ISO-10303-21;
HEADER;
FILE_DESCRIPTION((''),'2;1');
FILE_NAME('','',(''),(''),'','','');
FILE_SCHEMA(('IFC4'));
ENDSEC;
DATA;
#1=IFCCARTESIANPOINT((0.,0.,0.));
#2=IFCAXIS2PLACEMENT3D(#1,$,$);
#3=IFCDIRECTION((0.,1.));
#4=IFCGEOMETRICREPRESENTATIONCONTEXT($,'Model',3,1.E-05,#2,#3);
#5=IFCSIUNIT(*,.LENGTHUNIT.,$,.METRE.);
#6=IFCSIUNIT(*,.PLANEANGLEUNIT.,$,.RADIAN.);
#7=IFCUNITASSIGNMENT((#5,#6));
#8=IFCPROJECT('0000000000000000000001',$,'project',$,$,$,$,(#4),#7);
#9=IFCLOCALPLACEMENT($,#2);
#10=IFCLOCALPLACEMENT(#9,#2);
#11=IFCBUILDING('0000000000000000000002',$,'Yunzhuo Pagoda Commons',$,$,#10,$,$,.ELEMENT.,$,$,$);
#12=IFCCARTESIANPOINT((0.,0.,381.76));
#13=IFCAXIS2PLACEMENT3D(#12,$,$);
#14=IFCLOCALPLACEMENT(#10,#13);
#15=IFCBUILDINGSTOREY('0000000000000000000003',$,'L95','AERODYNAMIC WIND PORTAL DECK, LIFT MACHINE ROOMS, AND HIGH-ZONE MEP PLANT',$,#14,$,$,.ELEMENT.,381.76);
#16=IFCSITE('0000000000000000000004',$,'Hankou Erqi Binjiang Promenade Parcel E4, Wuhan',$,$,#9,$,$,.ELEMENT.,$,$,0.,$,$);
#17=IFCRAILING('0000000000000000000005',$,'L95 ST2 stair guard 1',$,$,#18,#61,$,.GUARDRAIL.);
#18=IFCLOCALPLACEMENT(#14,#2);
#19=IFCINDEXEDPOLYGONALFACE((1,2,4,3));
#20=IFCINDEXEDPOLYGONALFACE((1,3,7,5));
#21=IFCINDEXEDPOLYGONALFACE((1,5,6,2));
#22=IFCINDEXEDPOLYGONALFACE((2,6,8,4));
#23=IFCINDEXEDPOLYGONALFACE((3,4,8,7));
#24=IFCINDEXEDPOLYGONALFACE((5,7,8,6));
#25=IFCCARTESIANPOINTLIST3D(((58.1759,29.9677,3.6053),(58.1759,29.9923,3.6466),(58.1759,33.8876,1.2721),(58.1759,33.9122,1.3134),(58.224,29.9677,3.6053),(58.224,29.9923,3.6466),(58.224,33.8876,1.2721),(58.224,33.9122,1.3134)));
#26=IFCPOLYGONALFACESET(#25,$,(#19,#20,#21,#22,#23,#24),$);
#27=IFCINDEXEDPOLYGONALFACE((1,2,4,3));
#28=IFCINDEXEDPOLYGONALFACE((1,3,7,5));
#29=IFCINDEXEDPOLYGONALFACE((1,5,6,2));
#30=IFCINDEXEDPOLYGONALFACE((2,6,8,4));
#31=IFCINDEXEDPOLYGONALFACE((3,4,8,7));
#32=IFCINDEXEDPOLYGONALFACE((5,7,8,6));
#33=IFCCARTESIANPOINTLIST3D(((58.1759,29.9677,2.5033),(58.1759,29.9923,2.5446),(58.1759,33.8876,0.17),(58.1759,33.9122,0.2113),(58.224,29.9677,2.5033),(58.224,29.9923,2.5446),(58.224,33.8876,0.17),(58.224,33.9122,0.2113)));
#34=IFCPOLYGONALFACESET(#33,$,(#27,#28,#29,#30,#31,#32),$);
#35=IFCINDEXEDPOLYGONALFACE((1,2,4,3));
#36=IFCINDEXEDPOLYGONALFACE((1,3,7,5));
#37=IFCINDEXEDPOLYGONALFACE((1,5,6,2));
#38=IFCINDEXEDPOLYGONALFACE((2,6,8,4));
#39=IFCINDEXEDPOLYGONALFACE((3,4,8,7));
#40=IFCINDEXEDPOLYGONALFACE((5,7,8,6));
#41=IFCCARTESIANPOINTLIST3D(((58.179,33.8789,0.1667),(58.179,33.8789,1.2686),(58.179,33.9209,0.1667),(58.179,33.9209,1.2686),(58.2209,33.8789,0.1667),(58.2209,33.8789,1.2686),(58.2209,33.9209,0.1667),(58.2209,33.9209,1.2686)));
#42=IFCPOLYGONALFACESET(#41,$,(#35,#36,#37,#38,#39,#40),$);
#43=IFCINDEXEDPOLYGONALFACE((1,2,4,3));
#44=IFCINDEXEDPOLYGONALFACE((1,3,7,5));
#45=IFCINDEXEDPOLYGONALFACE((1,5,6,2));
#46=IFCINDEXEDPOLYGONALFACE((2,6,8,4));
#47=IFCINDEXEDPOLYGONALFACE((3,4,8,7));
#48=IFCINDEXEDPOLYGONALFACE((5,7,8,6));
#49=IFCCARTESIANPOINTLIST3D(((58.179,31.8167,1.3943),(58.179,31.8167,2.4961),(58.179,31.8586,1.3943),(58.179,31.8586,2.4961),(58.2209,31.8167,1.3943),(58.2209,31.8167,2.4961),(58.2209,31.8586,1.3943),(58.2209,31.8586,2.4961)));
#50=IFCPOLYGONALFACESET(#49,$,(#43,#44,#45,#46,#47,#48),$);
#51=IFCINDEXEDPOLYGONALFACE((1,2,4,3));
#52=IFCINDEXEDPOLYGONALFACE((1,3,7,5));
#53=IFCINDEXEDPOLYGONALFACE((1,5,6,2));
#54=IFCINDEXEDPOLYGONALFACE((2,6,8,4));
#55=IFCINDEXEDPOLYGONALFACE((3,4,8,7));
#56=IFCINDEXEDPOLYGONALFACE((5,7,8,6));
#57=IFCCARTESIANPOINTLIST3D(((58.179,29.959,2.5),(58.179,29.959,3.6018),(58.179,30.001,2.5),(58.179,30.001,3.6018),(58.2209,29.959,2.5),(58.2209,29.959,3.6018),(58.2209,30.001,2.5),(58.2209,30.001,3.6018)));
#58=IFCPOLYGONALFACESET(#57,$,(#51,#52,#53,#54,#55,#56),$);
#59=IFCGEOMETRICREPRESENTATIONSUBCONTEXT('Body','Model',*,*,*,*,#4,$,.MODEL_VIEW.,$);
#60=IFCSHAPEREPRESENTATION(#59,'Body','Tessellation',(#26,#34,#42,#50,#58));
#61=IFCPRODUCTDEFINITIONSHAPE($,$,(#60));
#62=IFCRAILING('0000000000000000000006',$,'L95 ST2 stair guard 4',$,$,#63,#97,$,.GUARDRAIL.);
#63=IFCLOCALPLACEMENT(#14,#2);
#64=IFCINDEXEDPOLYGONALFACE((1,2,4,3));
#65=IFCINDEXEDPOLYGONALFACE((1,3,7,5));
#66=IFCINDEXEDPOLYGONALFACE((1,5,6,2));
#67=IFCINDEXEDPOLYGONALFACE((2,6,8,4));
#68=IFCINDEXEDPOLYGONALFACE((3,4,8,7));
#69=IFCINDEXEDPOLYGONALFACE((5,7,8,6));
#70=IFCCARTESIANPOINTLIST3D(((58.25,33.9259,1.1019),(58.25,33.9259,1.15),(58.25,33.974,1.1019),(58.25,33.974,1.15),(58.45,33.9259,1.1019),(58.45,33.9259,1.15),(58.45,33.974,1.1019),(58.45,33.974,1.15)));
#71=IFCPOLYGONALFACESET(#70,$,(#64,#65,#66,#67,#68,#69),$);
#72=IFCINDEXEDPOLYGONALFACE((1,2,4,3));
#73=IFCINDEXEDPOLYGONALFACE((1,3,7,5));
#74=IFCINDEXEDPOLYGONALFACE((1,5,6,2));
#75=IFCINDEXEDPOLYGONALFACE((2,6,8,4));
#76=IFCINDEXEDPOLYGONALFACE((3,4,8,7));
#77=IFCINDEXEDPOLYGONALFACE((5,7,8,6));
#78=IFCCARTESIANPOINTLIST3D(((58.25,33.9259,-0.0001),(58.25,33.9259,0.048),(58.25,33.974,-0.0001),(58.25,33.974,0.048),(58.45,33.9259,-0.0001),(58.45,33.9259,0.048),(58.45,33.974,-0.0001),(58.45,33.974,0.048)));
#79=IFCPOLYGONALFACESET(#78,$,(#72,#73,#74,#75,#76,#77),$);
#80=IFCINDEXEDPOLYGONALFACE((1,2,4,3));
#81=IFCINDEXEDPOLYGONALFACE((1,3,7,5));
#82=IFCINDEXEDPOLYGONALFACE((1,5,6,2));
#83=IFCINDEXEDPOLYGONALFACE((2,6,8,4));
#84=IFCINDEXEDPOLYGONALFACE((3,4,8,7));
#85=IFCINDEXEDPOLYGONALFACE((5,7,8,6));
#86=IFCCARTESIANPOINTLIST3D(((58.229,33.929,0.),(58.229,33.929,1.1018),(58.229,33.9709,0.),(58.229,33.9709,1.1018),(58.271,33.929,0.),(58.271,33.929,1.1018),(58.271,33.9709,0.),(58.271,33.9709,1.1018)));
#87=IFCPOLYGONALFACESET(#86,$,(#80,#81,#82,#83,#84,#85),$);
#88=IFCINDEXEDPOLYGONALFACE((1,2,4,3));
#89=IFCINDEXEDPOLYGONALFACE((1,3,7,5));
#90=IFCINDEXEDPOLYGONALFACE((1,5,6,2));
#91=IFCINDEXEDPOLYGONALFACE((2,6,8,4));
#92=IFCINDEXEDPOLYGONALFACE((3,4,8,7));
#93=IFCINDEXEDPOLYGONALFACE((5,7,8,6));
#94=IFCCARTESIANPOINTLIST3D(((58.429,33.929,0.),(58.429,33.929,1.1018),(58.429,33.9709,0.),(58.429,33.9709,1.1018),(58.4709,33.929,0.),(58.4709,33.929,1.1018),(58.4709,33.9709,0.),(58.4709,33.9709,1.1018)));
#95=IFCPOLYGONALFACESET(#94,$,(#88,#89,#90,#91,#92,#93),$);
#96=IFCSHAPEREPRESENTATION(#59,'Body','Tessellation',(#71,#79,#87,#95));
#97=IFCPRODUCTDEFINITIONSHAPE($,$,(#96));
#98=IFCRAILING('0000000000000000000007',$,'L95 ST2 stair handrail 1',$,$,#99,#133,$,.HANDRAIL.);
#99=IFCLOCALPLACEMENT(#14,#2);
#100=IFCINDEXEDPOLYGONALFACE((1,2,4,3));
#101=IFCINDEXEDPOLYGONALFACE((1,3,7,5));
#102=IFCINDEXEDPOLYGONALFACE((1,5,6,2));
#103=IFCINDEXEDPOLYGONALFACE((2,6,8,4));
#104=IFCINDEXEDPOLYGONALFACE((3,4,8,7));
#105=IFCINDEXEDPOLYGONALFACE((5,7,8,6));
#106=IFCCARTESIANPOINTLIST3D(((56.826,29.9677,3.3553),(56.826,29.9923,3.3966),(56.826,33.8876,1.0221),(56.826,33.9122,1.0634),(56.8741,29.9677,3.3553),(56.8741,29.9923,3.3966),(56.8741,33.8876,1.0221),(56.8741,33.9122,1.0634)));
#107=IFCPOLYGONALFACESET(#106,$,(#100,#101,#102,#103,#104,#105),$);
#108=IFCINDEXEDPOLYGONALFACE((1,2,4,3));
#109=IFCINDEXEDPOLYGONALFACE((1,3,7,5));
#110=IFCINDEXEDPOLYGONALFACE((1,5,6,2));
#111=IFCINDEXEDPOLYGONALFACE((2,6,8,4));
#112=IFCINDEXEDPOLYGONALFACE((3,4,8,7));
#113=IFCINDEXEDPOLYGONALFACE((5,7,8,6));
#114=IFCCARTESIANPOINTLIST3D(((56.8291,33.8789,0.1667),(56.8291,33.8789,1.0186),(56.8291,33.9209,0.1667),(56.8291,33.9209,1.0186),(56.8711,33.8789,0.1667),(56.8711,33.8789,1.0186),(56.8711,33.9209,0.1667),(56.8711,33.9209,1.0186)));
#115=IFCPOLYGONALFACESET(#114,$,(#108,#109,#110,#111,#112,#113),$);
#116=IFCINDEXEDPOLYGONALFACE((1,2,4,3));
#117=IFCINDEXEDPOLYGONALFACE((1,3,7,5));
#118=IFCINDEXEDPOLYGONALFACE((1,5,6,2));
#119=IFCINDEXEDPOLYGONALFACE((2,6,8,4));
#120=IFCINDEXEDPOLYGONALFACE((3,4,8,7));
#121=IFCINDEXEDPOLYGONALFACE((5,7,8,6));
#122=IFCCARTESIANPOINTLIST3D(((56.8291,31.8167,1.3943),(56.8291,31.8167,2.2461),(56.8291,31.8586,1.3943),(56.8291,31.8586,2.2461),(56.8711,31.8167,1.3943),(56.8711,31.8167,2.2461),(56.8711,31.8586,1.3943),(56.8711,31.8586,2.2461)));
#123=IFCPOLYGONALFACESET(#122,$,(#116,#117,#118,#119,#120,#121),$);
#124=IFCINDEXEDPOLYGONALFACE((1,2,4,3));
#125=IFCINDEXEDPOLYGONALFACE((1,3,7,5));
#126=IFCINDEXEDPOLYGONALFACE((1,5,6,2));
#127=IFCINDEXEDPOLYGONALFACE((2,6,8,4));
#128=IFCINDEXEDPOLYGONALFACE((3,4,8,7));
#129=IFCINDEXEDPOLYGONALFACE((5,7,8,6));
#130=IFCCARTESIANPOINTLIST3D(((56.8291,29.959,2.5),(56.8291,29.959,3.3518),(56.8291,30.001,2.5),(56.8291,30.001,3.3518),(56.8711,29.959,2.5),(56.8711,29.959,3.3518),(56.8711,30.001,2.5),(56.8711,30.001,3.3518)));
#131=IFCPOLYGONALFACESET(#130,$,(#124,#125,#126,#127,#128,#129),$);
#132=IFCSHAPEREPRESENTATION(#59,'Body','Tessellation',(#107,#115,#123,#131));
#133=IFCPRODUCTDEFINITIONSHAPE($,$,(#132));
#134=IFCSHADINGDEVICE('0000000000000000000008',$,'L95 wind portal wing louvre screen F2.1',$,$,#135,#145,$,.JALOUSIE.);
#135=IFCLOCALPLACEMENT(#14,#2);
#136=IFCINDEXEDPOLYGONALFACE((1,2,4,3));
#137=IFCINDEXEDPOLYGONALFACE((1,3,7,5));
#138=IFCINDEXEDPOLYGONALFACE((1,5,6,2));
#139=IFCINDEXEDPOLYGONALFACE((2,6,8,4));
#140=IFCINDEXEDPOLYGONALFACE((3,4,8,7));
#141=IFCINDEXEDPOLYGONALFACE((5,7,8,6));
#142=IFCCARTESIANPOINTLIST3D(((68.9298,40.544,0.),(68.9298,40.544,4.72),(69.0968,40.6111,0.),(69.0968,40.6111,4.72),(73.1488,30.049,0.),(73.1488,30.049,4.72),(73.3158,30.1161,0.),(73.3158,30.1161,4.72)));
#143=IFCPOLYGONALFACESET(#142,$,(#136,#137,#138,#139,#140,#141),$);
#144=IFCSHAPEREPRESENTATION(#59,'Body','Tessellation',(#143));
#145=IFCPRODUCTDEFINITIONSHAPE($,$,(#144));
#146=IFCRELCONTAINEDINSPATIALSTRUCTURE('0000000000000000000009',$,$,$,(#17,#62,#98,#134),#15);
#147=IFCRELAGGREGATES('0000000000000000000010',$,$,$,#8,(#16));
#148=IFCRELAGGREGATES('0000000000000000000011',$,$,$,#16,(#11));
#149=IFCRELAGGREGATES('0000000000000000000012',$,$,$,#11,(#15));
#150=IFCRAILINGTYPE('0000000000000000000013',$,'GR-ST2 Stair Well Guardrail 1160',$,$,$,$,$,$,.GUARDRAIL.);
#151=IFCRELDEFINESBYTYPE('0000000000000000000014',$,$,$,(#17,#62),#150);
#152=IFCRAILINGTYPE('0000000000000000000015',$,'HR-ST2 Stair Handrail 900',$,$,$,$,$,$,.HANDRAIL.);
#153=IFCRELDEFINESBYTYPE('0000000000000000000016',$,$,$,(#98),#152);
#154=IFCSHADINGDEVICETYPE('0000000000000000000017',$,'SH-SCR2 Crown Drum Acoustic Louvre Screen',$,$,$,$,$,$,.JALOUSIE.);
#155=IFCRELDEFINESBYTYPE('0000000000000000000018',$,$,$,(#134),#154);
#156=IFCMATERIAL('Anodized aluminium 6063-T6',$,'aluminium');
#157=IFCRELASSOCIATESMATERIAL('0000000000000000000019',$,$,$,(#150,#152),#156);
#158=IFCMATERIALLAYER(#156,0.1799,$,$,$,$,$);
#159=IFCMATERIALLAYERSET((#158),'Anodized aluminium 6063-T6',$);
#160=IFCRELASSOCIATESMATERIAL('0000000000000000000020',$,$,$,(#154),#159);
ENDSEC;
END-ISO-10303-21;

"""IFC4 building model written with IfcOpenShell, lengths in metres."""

from ifc_helpers import new_model, si_unit, direction, frame, origin, origin_2d, place, context, subcontext, project, spatial, rectangle, extrude, source, transform, mapped, material, layer, layer_set, type_object, element, save


model = new_model("IFC4")

# Units and contexts
model_context = context("Model", 3, precision=1e-05, world=origin(), true_north=direction((0.0, 1.0)))
body_context = subcontext(model_context, "Body", "Model", "MODEL_VIEW")
ifc_project = project(units=[si_unit("LENGTHUNIT", "METRE"), si_unit("PLANEANGLEUNIT", "RADIAN")], contexts=[model_context])

# Site, building, storey
site_placement = place(None, origin())
site = spatial("IfcSite", under=ifc_project, at=site_placement, Name="Hankou Erqi Binjiang Promenade Parcel E4, Wuhan", CompositionType="ELEMENT", RefElevation=0.0)
building_placement = place(site_placement, origin())
building = spatial("IfcBuilding", under=site, at=building_placement, Name="Yunzhuo Pagoda Commons", CompositionType="ELEMENT")
storey_placement = place(building_placement, frame((0.0, 0.0, 381.76)))
storey = spatial("IfcBuildingStorey", under=building, at=storey_placement, Name="L95", Description="AERODYNAMIC WIND PORTAL DECK, LIFT MACHINE ROOMS, AND HIGH-ZONE MEP PLANT", CompositionType="ELEMENT", Elevation=381.76)

# Railings
ifc_material_1 = material(Name="Anodized aluminium 6063-T6", Category="aluminium")
railing_type_1 = type_object("IfcRailingType", Name="GR-ST2 Stair Well Guardrail 1160", PredefinedType="GUARDRAIL", material=ifc_material_1)
railing_1_placement = place(storey_placement, frame((58.2, 33.8999, 0.1667)))
element("IfcRailing", 1, at=railing_1_placement, inside=storey, type_object=railing_type_1, Name="L95 ST2 stair guard 1", PredefinedType="GUARDRAIL", context=body_context, shape_type="SweptSolid", body=[
    extrude(rectangle(XDim=0.0481, YDim=0.0481, at=origin_2d()), frame((0.0, 0.0, 1.126), z_axis=(0.0, -0.859296, 0.511478), x_axis=(1.0, 0.0, 0.0)), (0.0, 0.0, 1.0), 4.5618),
    extrude(rectangle(XDim=0.0481, YDim=0.0481, at=origin_2d()), frame((0.0, 0.0, 0.0239), z_axis=(0.0, -0.859296, 0.511478), x_axis=(1.0, 0.0, 0.0)), (0.0, 0.0, 1.0), 4.5618),
    extrude(rectangle(XDim=0.042, YDim=0.042, at=origin_2d()), origin(), (0.0, 0.0, 1.0), 1.1018),
    extrude(rectangle(XDim=0.042, YDim=0.042, at=origin_2d()), frame((0.0, -2.0623, 1.2275)), (0.0, 0.0, 1.0), 1.1018),
    extrude(rectangle(XDim=0.042, YDim=0.042, at=origin_2d()), frame((0.0, -3.9199, 2.3333)), (0.0, 0.0, 1.0), 1.1018),
])
railing_2_placement = place(storey_placement, frame((58.25, 33.95, 0.0)))
element("IfcRailing", 2, at=railing_2_placement, inside=storey, type_object=railing_type_1, Name="L95 ST2 stair guard 4", PredefinedType="GUARDRAIL", context=body_context, shape_type="SweptSolid", body=[
    extrude(rectangle(XDim=0.0481, YDim=0.0481, at=origin_2d()), frame((0.0, 0.0, 1.126), z_axis=(1.0, 0.0, 0.0), x_axis=(0.0, 1.0, 0.0)), (0.0, 0.0, 1.0), 0.2),
    extrude(rectangle(XDim=0.0481, YDim=0.0481, at=origin_2d()), frame((0.0, 0.0, 0.0239), z_axis=(1.0, 0.0, 0.0), x_axis=(0.0, 1.0, 0.0)), (0.0, 0.0, 1.0), 0.2),
    extrude(rectangle(XDim=0.042, YDim=0.042, at=origin_2d()), origin(), (0.0, 0.0, 1.0), 1.1018),
    extrude(rectangle(XDim=0.042, YDim=0.042, at=origin_2d()), frame((0.2, 0.0, 0.0)), (0.0, 0.0, 1.0), 1.1018),
])
railing_type_2 = type_object("IfcRailingType", Name="HR-ST2 Stair Handrail 900", PredefinedType="HANDRAIL", material=ifc_material_1)
railing_3_placement = place(storey_placement, frame((56.8501, 33.8999, 0.1667)))
element("IfcRailing", 3, at=railing_3_placement, inside=storey, type_object=railing_type_2, Name="L95 ST2 stair handrail 1", PredefinedType="HANDRAIL", context=body_context, shape_type="SweptSolid", body=[
    extrude(rectangle(XDim=0.0481, YDim=0.0481, at=origin_2d()), frame((0.0, 0.0, 0.876), z_axis=(0.0, -0.859296, 0.511478), x_axis=(1.0, 0.0, 0.0)), (0.0, 0.0, 1.0), 4.5618),
    extrude(rectangle(XDim=0.042, YDim=0.042, at=origin_2d()), origin(), (0.0, 0.0, 1.0), 0.8518),
    extrude(rectangle(XDim=0.042, YDim=0.042, at=origin_2d()), frame((0.0, -2.0623, 1.2275)), (0.0, 0.0, 1.0), 0.8518),
    extrude(rectangle(XDim=0.042, YDim=0.042, at=origin_2d()), frame((0.0, -3.9199, 2.3333)), (0.0, 0.0, 1.0), 0.8518),
])

# Shading device
ifc_layer_1 = layer(ifc_material_1, 0.1799)
ifc_layer_set_1 = layer_set([ifc_layer_1], Name="Anodized aluminium 6063-T6")
shading_device_type = type_object("IfcShadingDeviceType", Name="SH-SCR2 Crown Drum Acoustic Louvre Screen", PredefinedType="JALOUSIE", material=ifc_layer_set_1)
shared_shape_1 = source(origin(), body_context, "Body", "SweptSolid", [
    extrude(rectangle(XDim=11.3113, YDim=0.1799, at=origin_2d()), origin(), (0.0, 0.0, 1.0), 4.72),
])
shading_device_placement = place(storey_placement, frame((71.1228, 35.3301, 0.0), z_axis=(0.0, 0.0, 1.0), x_axis=(-0.372988, 0.927836, 0.0)))
element("IfcShadingDevice", 4, at=shading_device_placement, inside=storey, type_object=shading_device_type, Name="L95 wind portal wing louvre screen F2.1", PredefinedType="JALOUSIE", context=body_context, shape_type="MappedRepresentation", body=[
    mapped(shared_shape_1, transform((0.0, 0.0, 0.0), scale=1.0)),
])

save(model, "model.ifc")
